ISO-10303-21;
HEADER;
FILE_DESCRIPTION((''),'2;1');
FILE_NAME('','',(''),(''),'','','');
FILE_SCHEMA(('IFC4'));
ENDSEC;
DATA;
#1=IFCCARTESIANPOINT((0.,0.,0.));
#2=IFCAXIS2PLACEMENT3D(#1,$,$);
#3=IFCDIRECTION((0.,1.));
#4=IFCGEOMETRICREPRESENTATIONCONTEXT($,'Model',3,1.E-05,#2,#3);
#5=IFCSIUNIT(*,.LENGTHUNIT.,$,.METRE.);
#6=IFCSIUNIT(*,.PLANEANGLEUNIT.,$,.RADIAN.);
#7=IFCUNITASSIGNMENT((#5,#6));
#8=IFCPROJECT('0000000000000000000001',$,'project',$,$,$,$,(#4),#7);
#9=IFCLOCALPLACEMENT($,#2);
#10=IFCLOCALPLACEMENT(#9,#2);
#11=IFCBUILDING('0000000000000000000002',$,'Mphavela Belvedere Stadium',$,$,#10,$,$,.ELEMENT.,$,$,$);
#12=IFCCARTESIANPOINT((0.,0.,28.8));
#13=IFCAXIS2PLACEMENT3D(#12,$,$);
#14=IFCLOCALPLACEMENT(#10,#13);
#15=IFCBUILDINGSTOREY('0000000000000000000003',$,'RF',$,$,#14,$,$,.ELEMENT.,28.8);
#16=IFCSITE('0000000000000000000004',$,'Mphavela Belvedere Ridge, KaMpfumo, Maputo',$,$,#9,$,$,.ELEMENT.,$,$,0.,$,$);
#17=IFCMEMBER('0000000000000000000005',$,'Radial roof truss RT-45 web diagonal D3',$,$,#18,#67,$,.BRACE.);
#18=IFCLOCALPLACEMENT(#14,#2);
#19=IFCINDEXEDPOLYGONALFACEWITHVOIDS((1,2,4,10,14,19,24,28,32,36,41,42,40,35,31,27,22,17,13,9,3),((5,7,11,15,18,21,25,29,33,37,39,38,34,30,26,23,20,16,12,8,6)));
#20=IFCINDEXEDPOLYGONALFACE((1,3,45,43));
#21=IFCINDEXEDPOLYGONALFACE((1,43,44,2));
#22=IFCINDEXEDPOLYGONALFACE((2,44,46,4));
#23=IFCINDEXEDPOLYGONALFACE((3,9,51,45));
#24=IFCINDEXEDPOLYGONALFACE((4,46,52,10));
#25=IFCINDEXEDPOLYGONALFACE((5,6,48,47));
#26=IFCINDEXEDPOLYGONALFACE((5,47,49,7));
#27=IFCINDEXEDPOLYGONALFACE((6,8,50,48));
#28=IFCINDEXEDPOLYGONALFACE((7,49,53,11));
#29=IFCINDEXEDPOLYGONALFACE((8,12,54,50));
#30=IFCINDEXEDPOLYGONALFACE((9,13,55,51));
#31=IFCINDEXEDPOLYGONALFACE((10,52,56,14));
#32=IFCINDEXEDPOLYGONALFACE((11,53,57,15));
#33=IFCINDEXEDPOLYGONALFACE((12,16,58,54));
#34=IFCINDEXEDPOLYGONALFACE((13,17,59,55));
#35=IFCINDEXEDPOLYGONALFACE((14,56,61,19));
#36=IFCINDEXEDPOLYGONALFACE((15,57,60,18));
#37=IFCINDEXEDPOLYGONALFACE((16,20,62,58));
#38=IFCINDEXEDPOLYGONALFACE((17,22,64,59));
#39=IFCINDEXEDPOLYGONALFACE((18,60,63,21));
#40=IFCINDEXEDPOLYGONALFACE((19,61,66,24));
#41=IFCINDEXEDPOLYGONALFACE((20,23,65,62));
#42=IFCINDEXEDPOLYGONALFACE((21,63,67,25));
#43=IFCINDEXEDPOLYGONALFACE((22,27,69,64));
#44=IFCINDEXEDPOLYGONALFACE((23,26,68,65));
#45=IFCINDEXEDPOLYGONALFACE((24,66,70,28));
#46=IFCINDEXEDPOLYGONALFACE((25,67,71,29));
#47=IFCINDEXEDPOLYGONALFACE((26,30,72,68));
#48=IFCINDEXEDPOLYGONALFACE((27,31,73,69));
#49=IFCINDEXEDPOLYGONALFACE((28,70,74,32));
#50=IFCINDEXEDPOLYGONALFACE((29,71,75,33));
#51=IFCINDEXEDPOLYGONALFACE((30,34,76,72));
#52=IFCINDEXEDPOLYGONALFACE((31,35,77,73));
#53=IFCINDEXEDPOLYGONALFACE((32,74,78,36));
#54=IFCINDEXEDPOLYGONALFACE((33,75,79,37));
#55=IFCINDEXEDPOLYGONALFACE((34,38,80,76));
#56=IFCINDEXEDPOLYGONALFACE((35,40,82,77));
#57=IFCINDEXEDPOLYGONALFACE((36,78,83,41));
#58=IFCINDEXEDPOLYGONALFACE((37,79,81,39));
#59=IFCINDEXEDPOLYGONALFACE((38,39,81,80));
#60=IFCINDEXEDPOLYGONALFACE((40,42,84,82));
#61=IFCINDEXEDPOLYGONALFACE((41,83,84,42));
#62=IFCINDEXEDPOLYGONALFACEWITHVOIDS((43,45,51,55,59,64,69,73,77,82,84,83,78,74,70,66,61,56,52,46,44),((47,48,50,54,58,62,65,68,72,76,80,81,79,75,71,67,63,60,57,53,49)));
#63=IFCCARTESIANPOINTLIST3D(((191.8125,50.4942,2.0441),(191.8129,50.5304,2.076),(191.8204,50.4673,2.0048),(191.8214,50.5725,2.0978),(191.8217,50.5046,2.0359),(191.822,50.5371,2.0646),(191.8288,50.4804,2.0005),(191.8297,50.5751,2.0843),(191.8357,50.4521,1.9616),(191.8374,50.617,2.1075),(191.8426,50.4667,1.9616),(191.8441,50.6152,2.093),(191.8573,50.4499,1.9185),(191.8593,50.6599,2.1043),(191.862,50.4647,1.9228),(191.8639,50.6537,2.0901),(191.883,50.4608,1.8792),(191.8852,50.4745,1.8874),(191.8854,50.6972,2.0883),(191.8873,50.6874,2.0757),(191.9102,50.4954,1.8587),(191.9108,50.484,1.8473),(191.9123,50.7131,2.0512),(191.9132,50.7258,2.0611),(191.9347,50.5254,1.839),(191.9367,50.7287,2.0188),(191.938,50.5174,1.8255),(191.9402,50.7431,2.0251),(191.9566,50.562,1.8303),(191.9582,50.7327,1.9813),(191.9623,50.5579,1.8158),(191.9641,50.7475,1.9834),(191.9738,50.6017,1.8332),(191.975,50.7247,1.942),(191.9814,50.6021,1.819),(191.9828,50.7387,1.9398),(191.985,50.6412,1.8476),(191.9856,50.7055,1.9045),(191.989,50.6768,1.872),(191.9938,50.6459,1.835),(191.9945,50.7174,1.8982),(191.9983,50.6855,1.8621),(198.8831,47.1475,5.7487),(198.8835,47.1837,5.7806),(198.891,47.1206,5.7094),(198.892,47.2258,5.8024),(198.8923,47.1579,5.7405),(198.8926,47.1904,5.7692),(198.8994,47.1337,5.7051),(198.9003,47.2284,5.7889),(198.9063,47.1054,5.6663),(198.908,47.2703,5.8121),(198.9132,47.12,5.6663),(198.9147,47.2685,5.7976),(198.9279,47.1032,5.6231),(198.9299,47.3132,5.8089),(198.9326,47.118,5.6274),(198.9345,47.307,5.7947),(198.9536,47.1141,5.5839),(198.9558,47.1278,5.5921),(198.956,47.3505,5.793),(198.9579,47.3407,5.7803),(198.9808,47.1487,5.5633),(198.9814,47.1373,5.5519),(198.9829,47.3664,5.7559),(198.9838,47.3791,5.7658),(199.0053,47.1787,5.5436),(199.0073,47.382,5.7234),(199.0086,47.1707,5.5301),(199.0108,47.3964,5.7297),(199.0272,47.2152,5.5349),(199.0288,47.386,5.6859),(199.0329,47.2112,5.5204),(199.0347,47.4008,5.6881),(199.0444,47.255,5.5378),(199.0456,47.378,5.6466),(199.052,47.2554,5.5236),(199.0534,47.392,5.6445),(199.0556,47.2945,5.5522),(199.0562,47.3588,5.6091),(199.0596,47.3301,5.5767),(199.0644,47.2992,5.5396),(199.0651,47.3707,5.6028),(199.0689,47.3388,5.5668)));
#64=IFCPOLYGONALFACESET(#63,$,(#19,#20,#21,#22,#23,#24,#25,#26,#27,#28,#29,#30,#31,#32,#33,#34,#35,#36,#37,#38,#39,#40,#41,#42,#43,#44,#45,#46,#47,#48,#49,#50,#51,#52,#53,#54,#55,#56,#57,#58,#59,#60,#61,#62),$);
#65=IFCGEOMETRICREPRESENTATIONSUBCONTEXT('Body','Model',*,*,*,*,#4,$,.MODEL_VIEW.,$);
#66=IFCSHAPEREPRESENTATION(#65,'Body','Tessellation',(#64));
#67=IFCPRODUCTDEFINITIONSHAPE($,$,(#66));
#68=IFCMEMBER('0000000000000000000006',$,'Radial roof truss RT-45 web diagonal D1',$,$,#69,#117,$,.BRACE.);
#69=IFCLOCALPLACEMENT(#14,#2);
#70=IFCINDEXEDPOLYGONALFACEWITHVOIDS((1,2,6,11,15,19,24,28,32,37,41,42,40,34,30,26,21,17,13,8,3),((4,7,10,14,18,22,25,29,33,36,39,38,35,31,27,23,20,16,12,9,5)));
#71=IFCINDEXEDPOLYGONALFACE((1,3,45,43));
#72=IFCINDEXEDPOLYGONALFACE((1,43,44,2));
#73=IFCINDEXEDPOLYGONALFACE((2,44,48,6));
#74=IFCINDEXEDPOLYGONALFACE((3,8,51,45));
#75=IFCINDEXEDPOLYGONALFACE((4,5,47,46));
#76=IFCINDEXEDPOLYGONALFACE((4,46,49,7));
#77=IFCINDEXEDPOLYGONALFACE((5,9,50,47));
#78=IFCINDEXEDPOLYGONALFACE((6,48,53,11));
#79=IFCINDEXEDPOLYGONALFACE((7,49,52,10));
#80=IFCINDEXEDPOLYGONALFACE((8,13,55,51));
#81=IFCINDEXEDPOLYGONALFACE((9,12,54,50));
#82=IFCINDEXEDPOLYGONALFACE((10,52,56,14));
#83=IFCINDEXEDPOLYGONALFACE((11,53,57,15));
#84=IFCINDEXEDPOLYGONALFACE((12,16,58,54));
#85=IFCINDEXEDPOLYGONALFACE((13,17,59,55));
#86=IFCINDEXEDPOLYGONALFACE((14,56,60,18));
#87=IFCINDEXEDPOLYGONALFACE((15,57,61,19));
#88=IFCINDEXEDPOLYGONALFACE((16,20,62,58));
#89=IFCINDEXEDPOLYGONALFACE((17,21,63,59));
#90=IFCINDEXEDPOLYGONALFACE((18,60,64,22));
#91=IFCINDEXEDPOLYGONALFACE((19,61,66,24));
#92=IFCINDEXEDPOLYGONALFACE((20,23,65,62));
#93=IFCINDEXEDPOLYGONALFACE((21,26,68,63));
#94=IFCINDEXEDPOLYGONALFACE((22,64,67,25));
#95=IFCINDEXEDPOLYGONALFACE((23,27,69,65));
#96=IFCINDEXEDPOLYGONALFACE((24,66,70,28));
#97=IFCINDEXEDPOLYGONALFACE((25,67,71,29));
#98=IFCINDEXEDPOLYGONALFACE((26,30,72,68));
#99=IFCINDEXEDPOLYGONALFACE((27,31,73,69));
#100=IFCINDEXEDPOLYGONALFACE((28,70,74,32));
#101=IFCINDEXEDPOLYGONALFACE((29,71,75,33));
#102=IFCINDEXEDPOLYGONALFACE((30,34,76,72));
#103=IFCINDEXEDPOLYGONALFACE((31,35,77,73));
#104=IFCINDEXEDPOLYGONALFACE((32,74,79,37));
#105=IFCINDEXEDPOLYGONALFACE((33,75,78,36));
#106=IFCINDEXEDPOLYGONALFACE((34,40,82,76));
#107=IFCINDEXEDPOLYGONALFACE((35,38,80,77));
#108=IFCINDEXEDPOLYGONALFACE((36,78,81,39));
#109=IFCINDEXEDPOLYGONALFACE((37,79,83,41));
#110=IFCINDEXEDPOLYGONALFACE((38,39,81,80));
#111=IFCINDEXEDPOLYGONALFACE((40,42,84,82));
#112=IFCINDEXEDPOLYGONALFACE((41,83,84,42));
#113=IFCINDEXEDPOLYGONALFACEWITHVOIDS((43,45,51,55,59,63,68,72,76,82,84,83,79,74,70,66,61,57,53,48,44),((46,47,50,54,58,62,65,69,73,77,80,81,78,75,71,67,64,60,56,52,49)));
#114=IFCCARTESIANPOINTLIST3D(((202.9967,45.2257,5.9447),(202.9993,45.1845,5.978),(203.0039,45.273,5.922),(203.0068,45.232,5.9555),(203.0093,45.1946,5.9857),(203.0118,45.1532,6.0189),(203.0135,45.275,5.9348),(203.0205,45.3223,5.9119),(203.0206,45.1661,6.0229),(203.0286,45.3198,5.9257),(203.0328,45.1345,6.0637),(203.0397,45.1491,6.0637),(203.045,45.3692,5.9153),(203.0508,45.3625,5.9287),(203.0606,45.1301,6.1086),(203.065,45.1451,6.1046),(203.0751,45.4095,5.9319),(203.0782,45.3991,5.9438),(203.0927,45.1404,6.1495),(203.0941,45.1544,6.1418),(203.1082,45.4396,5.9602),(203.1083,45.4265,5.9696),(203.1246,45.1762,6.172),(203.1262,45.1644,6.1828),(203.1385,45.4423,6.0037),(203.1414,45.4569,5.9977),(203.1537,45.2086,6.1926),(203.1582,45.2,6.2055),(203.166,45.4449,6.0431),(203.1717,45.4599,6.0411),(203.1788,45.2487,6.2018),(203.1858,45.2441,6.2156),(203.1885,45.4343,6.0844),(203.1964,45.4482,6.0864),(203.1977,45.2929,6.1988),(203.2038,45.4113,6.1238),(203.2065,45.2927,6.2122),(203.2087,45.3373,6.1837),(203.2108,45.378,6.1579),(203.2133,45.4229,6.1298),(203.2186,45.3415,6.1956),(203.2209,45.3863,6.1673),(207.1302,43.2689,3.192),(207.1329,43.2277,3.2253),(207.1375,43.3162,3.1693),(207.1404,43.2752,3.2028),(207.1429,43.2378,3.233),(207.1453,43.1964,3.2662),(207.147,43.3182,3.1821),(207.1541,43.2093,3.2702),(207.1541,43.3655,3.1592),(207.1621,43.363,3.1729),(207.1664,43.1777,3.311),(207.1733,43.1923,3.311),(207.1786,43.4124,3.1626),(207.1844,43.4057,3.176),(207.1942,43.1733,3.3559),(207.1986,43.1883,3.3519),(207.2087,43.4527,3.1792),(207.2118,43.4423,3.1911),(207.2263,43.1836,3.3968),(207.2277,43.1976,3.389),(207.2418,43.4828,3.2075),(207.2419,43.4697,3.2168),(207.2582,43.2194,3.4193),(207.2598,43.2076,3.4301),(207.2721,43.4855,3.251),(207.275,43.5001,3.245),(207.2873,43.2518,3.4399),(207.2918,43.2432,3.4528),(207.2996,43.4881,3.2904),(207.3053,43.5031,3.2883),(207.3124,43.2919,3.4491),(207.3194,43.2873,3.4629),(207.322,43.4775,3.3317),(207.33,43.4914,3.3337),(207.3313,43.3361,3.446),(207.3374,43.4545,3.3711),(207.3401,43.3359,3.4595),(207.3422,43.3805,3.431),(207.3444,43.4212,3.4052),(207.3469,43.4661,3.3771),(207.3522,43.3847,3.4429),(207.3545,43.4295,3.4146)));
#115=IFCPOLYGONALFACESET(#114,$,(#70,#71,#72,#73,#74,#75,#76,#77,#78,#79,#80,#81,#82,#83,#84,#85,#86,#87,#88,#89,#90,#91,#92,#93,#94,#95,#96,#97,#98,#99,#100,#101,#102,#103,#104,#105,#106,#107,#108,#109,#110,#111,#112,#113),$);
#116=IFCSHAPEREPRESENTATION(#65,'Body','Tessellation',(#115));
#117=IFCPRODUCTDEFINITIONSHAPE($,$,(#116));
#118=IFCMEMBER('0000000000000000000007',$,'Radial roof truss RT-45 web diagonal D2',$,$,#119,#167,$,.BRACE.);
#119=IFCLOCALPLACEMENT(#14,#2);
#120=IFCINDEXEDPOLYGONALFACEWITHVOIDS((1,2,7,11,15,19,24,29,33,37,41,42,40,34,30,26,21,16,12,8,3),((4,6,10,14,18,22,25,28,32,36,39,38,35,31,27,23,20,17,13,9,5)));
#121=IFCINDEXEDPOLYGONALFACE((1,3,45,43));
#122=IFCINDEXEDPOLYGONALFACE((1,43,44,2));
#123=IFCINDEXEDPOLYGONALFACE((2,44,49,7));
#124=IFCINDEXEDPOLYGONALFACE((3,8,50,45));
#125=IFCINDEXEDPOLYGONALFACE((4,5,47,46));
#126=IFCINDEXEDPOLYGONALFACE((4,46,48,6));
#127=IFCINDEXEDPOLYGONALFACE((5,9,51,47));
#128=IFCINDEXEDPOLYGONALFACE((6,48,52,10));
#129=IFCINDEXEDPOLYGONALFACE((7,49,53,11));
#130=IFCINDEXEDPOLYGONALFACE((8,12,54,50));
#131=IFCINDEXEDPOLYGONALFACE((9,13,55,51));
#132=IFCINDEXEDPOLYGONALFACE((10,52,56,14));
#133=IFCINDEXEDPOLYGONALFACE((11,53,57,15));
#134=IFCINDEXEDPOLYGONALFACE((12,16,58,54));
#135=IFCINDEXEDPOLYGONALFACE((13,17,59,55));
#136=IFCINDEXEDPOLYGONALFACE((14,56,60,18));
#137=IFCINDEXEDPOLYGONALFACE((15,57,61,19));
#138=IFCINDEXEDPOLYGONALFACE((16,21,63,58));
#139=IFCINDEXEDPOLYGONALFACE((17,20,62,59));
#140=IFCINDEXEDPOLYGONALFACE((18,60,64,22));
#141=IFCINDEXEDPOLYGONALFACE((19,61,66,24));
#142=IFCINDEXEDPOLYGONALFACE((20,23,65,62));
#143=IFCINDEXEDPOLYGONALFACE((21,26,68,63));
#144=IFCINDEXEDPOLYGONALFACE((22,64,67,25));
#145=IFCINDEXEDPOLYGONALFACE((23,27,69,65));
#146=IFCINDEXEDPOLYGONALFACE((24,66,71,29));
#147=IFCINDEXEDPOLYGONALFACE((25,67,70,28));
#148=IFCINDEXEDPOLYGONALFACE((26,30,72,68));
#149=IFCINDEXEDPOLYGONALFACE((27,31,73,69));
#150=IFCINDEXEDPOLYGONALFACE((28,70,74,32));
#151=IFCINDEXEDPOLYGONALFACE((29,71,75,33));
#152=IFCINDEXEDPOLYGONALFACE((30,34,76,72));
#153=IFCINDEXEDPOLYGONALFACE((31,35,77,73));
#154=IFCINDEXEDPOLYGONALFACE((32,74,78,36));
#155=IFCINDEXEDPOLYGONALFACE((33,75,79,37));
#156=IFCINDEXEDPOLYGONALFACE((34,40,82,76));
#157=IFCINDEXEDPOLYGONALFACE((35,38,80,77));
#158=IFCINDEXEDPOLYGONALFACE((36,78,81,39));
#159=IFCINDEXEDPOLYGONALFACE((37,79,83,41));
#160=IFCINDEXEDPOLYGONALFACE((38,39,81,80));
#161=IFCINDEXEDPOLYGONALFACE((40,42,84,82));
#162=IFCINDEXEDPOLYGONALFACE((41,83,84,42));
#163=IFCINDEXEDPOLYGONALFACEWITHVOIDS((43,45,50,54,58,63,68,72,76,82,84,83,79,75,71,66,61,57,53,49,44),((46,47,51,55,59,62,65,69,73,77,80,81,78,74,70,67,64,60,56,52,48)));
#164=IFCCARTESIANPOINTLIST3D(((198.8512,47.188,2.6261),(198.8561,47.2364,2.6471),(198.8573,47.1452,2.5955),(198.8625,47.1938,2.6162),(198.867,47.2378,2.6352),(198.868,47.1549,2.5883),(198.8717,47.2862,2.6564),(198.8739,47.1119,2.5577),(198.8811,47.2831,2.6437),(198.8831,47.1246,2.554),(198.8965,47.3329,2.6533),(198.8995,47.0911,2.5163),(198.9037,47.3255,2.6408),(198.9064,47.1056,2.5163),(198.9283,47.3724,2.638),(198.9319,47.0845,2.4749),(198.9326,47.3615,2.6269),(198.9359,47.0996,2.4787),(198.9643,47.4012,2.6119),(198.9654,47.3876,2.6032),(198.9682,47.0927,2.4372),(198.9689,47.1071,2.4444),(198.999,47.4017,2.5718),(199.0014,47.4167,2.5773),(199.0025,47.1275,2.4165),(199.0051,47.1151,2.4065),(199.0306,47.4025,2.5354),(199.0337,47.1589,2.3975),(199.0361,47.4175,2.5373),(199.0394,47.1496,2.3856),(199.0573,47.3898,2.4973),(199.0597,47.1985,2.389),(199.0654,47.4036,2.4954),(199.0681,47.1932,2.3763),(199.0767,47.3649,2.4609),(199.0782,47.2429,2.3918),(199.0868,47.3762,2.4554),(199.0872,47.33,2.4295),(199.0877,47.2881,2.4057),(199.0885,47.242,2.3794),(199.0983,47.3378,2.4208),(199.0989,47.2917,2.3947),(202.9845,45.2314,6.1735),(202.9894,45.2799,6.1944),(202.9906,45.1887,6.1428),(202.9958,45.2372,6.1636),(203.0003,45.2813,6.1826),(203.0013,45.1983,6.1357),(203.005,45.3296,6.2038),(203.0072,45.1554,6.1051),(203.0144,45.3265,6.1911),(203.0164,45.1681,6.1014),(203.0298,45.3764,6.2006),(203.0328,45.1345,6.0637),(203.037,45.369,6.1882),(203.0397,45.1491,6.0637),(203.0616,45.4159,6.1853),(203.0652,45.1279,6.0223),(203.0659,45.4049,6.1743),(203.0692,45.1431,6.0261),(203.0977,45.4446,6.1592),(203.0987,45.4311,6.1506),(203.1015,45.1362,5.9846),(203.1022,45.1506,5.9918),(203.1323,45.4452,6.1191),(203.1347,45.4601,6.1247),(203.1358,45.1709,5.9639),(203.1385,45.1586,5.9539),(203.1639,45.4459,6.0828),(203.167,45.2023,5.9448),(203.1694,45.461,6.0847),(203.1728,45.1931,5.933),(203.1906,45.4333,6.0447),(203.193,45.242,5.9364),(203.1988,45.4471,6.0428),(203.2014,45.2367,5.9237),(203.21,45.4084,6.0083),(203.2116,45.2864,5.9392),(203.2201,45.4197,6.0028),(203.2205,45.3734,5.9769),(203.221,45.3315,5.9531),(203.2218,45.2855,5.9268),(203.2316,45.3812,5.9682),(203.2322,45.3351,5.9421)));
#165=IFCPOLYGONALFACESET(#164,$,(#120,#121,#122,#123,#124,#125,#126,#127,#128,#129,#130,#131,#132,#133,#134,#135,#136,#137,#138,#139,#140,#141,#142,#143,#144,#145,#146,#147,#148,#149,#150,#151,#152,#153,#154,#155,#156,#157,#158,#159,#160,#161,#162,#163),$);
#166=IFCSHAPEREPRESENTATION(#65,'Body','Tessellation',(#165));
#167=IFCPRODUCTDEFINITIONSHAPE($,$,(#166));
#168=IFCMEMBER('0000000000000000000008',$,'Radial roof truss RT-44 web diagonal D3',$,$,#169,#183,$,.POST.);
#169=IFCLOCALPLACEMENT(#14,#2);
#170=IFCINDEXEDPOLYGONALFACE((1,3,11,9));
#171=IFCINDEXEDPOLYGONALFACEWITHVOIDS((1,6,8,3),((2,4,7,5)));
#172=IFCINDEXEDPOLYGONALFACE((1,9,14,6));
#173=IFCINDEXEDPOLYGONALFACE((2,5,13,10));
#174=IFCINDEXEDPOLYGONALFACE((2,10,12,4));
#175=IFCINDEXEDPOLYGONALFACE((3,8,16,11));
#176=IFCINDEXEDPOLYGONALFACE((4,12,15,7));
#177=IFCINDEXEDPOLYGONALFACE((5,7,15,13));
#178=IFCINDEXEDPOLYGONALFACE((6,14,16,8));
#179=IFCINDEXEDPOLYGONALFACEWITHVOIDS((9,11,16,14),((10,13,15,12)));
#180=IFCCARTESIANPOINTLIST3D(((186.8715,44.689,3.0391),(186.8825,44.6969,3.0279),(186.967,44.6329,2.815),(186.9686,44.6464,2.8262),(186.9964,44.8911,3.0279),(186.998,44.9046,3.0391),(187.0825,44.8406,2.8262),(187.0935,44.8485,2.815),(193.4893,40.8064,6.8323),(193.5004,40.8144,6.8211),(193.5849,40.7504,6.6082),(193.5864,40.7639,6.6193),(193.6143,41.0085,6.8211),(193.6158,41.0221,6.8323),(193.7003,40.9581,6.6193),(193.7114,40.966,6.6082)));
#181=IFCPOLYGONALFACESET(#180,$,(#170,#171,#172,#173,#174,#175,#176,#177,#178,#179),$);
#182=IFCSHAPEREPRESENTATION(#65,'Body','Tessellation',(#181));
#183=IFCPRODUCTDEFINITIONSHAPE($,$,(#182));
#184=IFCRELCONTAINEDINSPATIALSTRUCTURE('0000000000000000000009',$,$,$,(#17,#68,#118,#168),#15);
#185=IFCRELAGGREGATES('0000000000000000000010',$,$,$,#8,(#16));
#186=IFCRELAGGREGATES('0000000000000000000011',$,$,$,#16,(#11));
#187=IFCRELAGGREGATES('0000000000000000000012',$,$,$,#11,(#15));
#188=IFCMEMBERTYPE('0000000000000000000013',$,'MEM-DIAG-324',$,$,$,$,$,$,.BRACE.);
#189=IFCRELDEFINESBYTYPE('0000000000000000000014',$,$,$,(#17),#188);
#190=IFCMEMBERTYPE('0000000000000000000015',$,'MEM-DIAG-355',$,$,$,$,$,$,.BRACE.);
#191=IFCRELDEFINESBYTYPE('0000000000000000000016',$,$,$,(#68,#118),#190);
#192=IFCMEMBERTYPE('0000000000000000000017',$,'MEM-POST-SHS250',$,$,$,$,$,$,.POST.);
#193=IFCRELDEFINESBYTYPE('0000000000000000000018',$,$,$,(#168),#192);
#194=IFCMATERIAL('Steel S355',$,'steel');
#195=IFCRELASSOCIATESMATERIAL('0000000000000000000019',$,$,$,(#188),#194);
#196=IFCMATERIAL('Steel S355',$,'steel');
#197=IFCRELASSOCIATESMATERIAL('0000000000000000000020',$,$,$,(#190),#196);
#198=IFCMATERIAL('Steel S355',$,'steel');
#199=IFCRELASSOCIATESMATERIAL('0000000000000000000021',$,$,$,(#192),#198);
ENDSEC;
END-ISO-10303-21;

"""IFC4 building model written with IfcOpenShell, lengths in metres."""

from ifc_helpers import new_model, si_unit, direction, frame, origin, origin_2d, place, context, subcontext, project, spatial, hollow_rectangle, hollow_circle, extrude, material, material_profile, profile_set, type_object, element, save


model = new_model("IFC4")

# Units and contexts
model_context = context("Model", 3, precision=1e-05, world=origin(), true_north=direction((0.0, 1.0)))
body_context = subcontext(model_context, "Body", "Model", "MODEL_VIEW")
ifc_project = project(units=[si_unit("LENGTHUNIT", "METRE"), si_unit("PLANEANGLEUNIT", "RADIAN")], contexts=[model_context])

# Site, building, storey
site_placement = place(None, origin())
site = spatial("IfcSite", under=ifc_project, at=site_placement, Name="Mphavela Belvedere Ridge, KaMpfumo, Maputo", CompositionType="ELEMENT", RefElevation=0.0)
building_placement = place(site_placement, origin())
building = spatial("IfcBuilding", under=site, at=building_placement, Name="Mphavela Belvedere Stadium", CompositionType="ELEMENT")
storey_placement = place(building_placement, frame((0.0, 0.0, 28.8)))
storey = spatial("IfcBuildingStorey", under=building, at=storey_placement, Name="RF", CompositionType="ELEMENT", Elevation=28.8)

# Members
ifc_material_1 = material(Name="Steel S355", Category="steel")
ifc_material_profile_1 = material_profile(ifc_material_1, hollow_circle(Radius=0.1619, WallThickness=0.0161, at=origin_2d()), Name="CHS 323.9x16")
ifc_profile_set_1 = profile_set([ifc_material_profile_1], Name="Steel S355")
member_type_1 = type_object("IfcMemberType", Name="MEM-DIAG-324", PredefinedType="BRACE", material=ifc_profile_set_1)
member_1_placement = place(storey_placement, frame((198.9756, 47.2517, 5.6663), z_axis=(-0.81689, 0.386655, -0.428006), x_axis=(-0.427822, -0.903863, 0.0)))
element("IfcMember", 1, at=member_1_placement, inside=storey, type_object=member_type_1, Name="Radial roof truss RT-45 web diagonal D3", PredefinedType="BRACE", context=body_context, shape_type="SweptSolid", body=[
    extrude(hollow_circle(Radius=0.1619, WallThickness=0.0161, at=origin_2d()), origin(), (0.0, 0.0, 1.0), 8.6555),
])
ifc_material_2 = material(Name="Steel S355", Category="steel")
ifc_material_profile_2 = material_profile(ifc_material_2, hollow_circle(Radius=0.1777, WallThickness=0.0161, at=origin_2d()), Name="CHS 355.6x16")
ifc_profile_set_2 = profile_set([ifc_material_profile_2], Name="Steel S355")
member_type_2 = type_object("IfcMemberType", Name="MEM-DIAG-355", PredefinedType="BRACE", material=ifc_profile_set_2)
member_2_placement = place(storey_placement, frame((207.2424, 43.3384, 3.311), z_axis=(-0.774386, 0.366588, 0.515693), x_axis=(-0.427871, -0.90384, 0.0)))
element("IfcMember", 2, at=member_2_placement, inside=storey, type_object=member_type_2, Name="Radial roof truss RT-45 web diagonal D1", PredefinedType="BRACE", context=body_context, shape_type="SweptSolid", body=[
    extrude(hollow_circle(Radius=0.1777, WallThickness=0.0161, at=origin_2d()), origin(), (0.0, 0.0, 1.0), 5.3379),
])
member_3_placement = place(storey_placement, frame((203.1089, 45.2952, 6.0637), z_axis=(-0.714168, 0.338059, -0.612927), x_axis=(-0.427848, -0.903851, 0.0)))
element("IfcMember", 3, at=member_3_placement, inside=storey, type_object=member_type_2, Name="Radial roof truss RT-45 web diagonal D2", PredefinedType="BRACE", context=body_context, shape_type="SweptSolid", body=[
    extrude(hollow_circle(Radius=0.1777, WallThickness=0.0161, at=origin_2d()), origin(), (0.0, 0.0, 1.0), 5.7876),
])
ifc_material_3 = material(Name="Steel S355", Category="steel")
ifc_material_profile_3 = material_profile(ifc_material_3, hollow_rectangle(XDim=0.25, YDim=0.25, WallThickness=0.0125, at=origin_2d()), Name="SHS 250x250x12.5")
ifc_profile_set_3 = profile_set([ifc_material_profile_3], Name="Steel S355")
member_type_3 = type_object("IfcMemberType", Name="MEM-POST-SHS250", PredefinedType="POST", material=ifc_profile_set_3)
member_4_placement = place(storey_placement, frame((193.6003, 40.8862, 6.7202), z_axis=(-0.773195, 0.453614, -0.443174), x_axis=(-0.50602, -0.862522, 0.0)))
element("IfcMember", 4, at=member_4_placement, inside=storey, type_object=member_type_3, Name="Radial roof truss RT-44 web diagonal D3", PredefinedType="POST", context=body_context, shape_type="SweptSolid", body=[
    extrude(hollow_rectangle(XDim=0.25, YDim=0.25, WallThickness=0.0125, at=origin_2d()), origin(), (0.0, 0.0, 1.0), 8.5591),
])

save(model, "model.ifc")
